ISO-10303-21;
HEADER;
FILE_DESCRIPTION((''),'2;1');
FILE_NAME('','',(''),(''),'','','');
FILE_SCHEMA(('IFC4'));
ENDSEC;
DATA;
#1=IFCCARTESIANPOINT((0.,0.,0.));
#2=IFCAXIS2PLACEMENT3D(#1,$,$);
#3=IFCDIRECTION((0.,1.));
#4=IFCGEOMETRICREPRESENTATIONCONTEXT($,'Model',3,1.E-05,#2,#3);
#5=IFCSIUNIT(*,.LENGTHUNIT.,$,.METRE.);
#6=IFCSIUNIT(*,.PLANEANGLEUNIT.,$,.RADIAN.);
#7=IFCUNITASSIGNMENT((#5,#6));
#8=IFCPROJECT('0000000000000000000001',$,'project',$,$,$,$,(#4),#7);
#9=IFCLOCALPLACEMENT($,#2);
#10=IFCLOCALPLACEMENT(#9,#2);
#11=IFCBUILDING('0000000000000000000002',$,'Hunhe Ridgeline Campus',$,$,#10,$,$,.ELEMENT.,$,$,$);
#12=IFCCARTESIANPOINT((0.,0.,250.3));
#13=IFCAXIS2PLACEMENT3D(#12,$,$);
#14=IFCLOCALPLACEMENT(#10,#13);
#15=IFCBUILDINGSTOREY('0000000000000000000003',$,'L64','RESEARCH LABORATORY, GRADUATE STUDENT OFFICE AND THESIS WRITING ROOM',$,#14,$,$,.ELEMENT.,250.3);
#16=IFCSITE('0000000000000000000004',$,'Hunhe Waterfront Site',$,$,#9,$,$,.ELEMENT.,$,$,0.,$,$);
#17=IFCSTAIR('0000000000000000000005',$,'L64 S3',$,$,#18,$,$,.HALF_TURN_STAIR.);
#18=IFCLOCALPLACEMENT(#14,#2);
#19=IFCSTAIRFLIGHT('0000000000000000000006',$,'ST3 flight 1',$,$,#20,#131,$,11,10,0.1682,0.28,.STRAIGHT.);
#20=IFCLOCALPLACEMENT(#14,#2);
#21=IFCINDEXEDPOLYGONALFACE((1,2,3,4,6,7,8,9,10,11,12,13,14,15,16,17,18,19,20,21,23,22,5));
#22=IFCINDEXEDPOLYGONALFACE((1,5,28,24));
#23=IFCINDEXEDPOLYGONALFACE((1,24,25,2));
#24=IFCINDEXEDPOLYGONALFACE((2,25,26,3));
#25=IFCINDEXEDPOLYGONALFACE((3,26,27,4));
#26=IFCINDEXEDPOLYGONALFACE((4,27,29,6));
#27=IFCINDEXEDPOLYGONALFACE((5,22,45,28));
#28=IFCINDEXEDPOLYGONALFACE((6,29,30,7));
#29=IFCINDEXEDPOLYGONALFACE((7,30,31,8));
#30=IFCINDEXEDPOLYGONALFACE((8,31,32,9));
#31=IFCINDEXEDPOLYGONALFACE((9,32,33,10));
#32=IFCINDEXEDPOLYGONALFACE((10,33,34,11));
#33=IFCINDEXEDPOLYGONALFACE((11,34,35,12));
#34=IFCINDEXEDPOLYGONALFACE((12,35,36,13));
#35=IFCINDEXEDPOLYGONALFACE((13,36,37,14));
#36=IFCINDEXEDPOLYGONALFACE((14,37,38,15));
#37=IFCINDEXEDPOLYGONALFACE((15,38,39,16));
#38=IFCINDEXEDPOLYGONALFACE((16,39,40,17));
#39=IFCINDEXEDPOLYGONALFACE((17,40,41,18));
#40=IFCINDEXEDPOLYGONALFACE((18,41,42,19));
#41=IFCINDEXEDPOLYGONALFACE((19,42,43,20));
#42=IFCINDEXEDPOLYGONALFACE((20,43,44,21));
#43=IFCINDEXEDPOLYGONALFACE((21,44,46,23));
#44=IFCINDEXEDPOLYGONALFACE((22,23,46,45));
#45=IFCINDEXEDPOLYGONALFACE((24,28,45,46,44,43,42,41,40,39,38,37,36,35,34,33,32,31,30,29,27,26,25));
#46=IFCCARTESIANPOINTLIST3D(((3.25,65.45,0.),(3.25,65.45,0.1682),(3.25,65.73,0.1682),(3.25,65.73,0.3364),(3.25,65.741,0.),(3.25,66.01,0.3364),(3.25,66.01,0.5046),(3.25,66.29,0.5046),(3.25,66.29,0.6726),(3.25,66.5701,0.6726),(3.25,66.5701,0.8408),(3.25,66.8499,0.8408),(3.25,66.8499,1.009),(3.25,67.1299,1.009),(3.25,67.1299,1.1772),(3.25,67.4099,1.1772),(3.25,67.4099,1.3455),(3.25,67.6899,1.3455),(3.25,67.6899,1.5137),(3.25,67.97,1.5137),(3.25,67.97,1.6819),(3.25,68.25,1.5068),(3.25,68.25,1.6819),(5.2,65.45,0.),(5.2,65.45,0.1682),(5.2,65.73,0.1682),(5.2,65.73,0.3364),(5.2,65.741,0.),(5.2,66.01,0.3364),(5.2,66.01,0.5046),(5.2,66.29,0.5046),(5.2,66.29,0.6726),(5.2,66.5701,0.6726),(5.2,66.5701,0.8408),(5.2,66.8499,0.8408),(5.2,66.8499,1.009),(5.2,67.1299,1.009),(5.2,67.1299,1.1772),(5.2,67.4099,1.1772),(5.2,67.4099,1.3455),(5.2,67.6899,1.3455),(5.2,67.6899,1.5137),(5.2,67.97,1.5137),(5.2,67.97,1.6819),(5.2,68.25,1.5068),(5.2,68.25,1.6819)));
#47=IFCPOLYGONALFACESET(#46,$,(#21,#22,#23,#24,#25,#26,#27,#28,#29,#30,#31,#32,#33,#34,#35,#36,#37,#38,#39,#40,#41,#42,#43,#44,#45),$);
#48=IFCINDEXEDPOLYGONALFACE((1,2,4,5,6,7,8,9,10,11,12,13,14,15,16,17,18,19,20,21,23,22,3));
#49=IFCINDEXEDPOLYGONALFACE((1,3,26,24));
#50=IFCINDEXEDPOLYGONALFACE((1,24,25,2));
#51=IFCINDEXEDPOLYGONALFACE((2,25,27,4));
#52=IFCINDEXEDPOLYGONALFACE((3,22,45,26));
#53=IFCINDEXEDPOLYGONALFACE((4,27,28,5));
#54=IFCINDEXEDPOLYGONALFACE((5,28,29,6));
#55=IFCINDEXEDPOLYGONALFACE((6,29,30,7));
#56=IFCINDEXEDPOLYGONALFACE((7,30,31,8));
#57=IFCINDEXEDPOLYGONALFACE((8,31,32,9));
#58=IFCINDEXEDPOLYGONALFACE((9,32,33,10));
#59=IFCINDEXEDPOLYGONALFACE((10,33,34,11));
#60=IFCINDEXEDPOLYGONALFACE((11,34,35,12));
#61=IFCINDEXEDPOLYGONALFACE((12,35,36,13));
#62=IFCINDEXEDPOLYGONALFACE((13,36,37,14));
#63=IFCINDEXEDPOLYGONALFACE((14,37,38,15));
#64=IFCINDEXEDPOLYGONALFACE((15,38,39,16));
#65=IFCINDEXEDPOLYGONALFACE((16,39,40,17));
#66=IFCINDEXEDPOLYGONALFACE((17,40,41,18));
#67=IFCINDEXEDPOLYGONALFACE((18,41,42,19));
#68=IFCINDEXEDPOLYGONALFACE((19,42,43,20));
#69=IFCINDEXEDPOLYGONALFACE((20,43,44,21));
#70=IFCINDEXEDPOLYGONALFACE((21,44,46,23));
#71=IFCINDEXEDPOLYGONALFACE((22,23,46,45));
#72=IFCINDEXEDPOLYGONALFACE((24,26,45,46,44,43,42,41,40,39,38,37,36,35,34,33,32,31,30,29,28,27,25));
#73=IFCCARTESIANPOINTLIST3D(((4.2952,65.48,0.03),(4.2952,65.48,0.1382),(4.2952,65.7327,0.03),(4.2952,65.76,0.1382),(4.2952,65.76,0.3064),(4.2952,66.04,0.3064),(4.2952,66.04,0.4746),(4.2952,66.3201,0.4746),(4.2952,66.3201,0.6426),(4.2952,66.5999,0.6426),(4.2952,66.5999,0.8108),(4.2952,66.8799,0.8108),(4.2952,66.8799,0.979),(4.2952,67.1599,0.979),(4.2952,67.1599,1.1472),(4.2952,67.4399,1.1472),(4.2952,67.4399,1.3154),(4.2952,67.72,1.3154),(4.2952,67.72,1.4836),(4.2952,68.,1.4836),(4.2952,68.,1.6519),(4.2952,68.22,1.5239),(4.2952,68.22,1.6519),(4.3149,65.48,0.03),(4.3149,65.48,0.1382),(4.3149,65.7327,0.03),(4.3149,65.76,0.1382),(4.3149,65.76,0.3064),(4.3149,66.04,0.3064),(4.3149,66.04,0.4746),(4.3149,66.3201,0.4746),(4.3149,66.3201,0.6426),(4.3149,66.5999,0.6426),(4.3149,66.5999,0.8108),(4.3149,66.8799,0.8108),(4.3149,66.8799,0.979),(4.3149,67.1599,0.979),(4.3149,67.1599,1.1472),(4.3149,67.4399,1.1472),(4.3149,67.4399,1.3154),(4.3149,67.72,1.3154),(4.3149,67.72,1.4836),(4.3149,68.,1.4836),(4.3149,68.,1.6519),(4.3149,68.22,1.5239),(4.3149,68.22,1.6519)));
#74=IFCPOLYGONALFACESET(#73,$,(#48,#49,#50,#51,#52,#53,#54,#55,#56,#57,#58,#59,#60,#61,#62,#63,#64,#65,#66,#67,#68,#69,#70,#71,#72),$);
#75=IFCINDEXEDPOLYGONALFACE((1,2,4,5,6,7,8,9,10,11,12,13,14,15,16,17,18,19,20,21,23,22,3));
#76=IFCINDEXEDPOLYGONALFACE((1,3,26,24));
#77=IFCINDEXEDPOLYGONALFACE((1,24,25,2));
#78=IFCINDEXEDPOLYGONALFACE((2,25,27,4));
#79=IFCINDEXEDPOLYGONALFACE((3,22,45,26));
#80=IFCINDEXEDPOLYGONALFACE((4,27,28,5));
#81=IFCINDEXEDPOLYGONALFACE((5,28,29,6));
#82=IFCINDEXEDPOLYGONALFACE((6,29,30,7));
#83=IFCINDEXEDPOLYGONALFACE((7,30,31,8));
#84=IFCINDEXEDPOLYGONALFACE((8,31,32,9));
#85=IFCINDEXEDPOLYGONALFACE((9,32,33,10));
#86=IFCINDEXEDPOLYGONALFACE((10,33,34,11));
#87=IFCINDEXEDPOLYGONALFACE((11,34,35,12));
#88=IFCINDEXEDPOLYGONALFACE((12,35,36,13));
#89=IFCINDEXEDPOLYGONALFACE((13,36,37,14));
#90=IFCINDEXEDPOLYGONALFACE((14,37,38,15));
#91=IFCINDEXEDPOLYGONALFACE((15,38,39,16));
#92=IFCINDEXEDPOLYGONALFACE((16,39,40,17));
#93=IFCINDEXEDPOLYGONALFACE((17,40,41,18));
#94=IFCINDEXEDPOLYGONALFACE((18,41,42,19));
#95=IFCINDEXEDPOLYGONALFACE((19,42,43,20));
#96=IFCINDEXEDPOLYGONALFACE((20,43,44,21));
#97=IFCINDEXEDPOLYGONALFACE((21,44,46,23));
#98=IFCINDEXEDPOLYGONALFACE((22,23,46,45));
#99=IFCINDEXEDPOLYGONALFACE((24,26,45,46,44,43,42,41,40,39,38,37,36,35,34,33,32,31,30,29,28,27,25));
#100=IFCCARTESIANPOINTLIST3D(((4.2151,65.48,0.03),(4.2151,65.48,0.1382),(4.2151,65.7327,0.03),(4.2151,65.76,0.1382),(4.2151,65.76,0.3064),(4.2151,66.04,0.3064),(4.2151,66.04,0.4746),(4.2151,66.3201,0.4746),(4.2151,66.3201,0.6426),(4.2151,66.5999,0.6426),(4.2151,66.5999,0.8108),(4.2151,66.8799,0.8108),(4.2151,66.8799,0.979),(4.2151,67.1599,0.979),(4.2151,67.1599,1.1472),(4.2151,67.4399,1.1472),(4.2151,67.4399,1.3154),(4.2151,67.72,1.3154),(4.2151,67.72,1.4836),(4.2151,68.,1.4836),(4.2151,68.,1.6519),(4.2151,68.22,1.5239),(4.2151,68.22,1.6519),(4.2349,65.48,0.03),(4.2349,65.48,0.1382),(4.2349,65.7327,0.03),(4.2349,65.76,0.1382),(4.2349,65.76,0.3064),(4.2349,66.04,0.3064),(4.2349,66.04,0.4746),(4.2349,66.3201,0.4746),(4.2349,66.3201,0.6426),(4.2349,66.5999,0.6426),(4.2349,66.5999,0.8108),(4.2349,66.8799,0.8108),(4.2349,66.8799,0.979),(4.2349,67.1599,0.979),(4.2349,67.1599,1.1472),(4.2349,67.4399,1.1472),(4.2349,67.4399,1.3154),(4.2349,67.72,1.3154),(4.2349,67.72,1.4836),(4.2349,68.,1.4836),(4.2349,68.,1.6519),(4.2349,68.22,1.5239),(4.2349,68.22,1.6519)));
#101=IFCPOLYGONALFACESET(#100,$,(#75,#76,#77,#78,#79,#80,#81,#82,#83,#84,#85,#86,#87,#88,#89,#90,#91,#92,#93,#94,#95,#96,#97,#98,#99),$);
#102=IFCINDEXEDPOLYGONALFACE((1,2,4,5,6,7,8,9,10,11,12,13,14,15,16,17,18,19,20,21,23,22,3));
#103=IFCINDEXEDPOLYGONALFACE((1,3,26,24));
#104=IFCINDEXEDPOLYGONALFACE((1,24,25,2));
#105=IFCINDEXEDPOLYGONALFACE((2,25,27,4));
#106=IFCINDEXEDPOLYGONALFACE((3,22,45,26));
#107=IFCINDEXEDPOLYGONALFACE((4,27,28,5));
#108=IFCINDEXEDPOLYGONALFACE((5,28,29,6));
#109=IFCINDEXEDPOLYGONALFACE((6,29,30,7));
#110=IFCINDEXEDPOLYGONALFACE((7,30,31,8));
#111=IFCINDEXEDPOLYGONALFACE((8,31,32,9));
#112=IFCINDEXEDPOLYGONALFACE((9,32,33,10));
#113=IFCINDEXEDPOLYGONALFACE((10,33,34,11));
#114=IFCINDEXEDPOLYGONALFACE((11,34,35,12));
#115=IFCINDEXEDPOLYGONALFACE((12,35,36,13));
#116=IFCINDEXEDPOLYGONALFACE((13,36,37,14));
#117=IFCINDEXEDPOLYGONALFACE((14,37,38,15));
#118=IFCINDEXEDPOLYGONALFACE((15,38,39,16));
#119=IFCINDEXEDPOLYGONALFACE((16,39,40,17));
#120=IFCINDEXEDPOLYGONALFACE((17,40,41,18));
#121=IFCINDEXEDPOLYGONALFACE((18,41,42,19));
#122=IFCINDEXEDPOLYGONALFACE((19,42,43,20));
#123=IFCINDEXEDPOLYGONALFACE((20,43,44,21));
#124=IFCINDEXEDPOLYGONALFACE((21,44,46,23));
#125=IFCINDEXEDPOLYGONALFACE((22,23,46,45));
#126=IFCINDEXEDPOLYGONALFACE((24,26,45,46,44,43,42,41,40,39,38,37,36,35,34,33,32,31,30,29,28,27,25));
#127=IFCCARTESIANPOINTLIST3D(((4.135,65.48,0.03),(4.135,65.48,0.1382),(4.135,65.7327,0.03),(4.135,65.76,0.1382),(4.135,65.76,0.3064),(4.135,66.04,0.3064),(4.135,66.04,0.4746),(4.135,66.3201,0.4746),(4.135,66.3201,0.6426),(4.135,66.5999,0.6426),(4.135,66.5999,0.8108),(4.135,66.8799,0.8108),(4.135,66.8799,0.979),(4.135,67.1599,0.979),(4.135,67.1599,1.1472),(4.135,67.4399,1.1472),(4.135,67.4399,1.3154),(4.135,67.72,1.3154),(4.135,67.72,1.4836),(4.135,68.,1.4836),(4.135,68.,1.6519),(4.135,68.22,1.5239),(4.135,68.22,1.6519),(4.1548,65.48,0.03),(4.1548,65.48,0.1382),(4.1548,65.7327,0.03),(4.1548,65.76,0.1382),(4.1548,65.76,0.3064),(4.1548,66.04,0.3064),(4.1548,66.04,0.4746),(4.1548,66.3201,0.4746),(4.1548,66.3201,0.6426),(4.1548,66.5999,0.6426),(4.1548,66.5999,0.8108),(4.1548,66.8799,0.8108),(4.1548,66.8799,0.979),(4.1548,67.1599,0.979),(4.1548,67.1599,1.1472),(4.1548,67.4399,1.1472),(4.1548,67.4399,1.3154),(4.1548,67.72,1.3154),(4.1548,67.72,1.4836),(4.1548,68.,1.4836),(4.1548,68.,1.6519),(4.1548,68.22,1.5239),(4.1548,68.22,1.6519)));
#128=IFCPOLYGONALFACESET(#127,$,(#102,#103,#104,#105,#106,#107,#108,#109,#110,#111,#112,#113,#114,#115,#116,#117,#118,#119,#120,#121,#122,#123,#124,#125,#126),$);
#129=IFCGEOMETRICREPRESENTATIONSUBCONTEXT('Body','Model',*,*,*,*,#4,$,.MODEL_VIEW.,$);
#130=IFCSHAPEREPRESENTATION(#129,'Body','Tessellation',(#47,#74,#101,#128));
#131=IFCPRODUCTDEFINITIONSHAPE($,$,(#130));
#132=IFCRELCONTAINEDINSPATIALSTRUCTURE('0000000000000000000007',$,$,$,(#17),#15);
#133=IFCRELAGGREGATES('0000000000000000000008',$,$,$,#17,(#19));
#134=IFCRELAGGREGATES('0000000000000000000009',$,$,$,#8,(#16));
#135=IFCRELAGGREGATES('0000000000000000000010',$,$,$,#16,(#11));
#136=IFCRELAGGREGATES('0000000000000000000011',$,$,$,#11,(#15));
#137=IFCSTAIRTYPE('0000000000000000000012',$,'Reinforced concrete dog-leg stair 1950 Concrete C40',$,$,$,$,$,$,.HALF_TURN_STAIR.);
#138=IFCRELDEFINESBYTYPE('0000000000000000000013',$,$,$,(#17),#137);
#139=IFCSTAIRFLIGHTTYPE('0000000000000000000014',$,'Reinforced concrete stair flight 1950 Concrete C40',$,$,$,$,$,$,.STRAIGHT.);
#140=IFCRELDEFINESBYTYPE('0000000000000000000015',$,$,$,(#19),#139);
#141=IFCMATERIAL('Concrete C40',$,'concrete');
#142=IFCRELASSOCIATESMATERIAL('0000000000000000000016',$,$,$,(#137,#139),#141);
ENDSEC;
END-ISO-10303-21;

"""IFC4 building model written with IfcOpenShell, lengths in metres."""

from ifc_helpers import new_model, si_unit, direction, frame, origin, place, context, subcontext, project, spatial, polyline, outline, extrude, material, type_object, element, aggregate, save


model = new_model("IFC4")

# Units and contexts
model_context = context("Model", 3, precision=1e-05, world=origin(), true_north=direction((0.0, 1.0)))
body_context = subcontext(model_context, "Body", "Model", "MODEL_VIEW")
ifc_project = project(units=[si_unit("LENGTHUNIT", "METRE"), si_unit("PLANEANGLEUNIT", "RADIAN")], contexts=[model_context])

# Site, building, storey
site_placement = place(None, origin())
site = spatial("IfcSite", under=ifc_project, at=site_placement, Name="Hunhe Waterfront Site", CompositionType="ELEMENT", RefElevation=0.0)
building_placement = place(site_placement, origin())
building = spatial("IfcBuilding", under=site, at=building_placement, Name="Hunhe Ridgeline Campus", CompositionType="ELEMENT")
storey_placement = place(building_placement, frame((0.0, 0.0, 250.3)))
storey = spatial("IfcBuildingStorey", under=building, at=storey_placement, Name="L64", Description="RESEARCH LABORATORY, GRADUATE STUDENT OFFICE AND THESIS WRITING ROOM", CompositionType="ELEMENT", Elevation=250.3)

# Stair, stair flight
ifc_material_1 = material(Name="Concrete C40", Category="concrete")
stair_type = type_object("IfcStairType", Name="Reinforced concrete dog-leg stair 1950 Concrete C40", PredefinedType="HALF_TURN_STAIR", material=ifc_material_1)
stair_1_placement = place(storey_placement, origin())
stair_1 = element("IfcStair", 1, at=stair_1_placement, inside=storey, type_object=stair_type, Name="L64 S3", PredefinedType="HALF_TURN_STAIR")
stair_flight_type = type_object("IfcStairFlightType", Name="Reinforced concrete stair flight 1950 Concrete C40", PredefinedType="STRAIGHT", material=ifc_material_1)
stair_flight_1_placement = place(storey_placement, frame((4.2251, 65.45, 0.0), z_axis=(0.0, 0.0, 1.0), x_axis=(0.0, 1.0, 0.0)))
stair_flight_1 = element("IfcStairFlight", 2, at=stair_flight_1_placement, type_object=stair_flight_type, Name="ST3 flight 1", NumberOfRisers=11, NumberOfTreads=10, PredefinedType="STRAIGHT", RiserHeight=0.1682, TreadLength=0.28, context=body_context, shape_type="SweptSolid", body=[
    extrude(outline(polyline([(0.0, 0.0), (0.0, 0.1682), (0.28, 0.1682), (0.28, 0.3364), (0.5601, 0.3364), (0.5601, 0.5046), (0.8401, 0.5046), (0.8401, 0.6726), (1.1201, 0.6726), (1.1201, 0.8408), (1.3999, 0.8408), (1.3999, 1.009), (1.6799, 1.009), (1.6799, 1.1772), (1.96, 1.1772), (1.96, 1.3455), (2.24, 1.3455), (2.24, 1.5137), (2.52, 1.5137), (2.52, 1.6819), (2.8, 1.6819), (2.8, 1.8501), (2.8, 1.5068), (0.291, 0.0), (0.0, 0.0)])), frame((0.0, 0.9751, 0.0), z_axis=(0.0, -1.0, 0.0), x_axis=(1.0, 0.0, 0.0)), (0.0, 0.0, 1.0), 1.95),
    extrude(outline(polyline([(0.03, 0.03), (0.03, 0.1382), (0.3101, 0.1382), (0.3101, 0.3064), (0.5901, 0.3064), (0.5901, 0.4746), (0.8701, 0.4746), (0.8701, 0.6426), (1.1499, 0.6426), (1.1499, 0.8108), (1.4299, 0.8108), (1.4299, 0.979), (1.71, 0.979), (1.71, 1.1472), (1.99, 1.1472), (1.99, 1.3154), (2.27, 1.3154), (2.27, 1.4836), (2.55, 1.4836), (2.55, 1.6519), (2.77, 1.6519), (2.77, 1.5239), (0.2827, 0.03), (0.03, 0.03)])), frame((0.0, -0.0701, 0.0), z_axis=(0.0, -1.0, 0.0), x_axis=(1.0, 0.0, 0.0)), (0.0, 0.0, 1.0), 0.0198),
    extrude(outline(polyline([(0.03, 0.03), (0.03, 0.1382), (0.3101, 0.1382), (0.3101, 0.3064), (0.5901, 0.3064), (0.5901, 0.4746), (0.8701, 0.4746), (0.8701, 0.6426), (1.1499, 0.6426), (1.1499, 0.8108), (1.4299, 0.8108), (1.4299, 0.979), (1.71, 0.979), (1.71, 1.1472), (1.99, 1.1472), (1.99, 1.3154), (2.27, 1.3154), (2.27, 1.4836), (2.55, 1.4836), (2.55, 1.6519), (2.77, 1.6519), (2.77, 1.5239), (0.2827, 0.03), (0.03, 0.03)])), frame((0.0, 0.01, 0.0), z_axis=(0.0, -1.0, 0.0), x_axis=(1.0, 0.0, 0.0)), (0.0, 0.0, 1.0), 0.0198),
    extrude(outline(polyline([(0.03, 0.03), (0.03, 0.1382), (0.3101, 0.1382), (0.3101, 0.3064), (0.5901, 0.3064), (0.5901, 0.4746), (0.8701, 0.4746), (0.8701, 0.6426), (1.1499, 0.6426), (1.1499, 0.8108), (1.4299, 0.8108), (1.4299, 0.979), (1.71, 0.979), (1.71, 1.1472), (1.99, 1.1472), (1.99, 1.3154), (2.27, 1.3154), (2.27, 1.4836), (2.55, 1.4836), (2.55, 1.6519), (2.77, 1.6519), (2.77, 1.5239), (0.2827, 0.03), (0.03, 0.03)])), frame((0.0, 0.0901, 0.0), z_axis=(0.0, -1.0, 0.0), x_axis=(1.0, 0.0, 0.0)), (0.0, 0.0, 1.0), 0.0198),
])
aggregate(stair_1, [stair_flight_1])

save(model, "model.ifc")
